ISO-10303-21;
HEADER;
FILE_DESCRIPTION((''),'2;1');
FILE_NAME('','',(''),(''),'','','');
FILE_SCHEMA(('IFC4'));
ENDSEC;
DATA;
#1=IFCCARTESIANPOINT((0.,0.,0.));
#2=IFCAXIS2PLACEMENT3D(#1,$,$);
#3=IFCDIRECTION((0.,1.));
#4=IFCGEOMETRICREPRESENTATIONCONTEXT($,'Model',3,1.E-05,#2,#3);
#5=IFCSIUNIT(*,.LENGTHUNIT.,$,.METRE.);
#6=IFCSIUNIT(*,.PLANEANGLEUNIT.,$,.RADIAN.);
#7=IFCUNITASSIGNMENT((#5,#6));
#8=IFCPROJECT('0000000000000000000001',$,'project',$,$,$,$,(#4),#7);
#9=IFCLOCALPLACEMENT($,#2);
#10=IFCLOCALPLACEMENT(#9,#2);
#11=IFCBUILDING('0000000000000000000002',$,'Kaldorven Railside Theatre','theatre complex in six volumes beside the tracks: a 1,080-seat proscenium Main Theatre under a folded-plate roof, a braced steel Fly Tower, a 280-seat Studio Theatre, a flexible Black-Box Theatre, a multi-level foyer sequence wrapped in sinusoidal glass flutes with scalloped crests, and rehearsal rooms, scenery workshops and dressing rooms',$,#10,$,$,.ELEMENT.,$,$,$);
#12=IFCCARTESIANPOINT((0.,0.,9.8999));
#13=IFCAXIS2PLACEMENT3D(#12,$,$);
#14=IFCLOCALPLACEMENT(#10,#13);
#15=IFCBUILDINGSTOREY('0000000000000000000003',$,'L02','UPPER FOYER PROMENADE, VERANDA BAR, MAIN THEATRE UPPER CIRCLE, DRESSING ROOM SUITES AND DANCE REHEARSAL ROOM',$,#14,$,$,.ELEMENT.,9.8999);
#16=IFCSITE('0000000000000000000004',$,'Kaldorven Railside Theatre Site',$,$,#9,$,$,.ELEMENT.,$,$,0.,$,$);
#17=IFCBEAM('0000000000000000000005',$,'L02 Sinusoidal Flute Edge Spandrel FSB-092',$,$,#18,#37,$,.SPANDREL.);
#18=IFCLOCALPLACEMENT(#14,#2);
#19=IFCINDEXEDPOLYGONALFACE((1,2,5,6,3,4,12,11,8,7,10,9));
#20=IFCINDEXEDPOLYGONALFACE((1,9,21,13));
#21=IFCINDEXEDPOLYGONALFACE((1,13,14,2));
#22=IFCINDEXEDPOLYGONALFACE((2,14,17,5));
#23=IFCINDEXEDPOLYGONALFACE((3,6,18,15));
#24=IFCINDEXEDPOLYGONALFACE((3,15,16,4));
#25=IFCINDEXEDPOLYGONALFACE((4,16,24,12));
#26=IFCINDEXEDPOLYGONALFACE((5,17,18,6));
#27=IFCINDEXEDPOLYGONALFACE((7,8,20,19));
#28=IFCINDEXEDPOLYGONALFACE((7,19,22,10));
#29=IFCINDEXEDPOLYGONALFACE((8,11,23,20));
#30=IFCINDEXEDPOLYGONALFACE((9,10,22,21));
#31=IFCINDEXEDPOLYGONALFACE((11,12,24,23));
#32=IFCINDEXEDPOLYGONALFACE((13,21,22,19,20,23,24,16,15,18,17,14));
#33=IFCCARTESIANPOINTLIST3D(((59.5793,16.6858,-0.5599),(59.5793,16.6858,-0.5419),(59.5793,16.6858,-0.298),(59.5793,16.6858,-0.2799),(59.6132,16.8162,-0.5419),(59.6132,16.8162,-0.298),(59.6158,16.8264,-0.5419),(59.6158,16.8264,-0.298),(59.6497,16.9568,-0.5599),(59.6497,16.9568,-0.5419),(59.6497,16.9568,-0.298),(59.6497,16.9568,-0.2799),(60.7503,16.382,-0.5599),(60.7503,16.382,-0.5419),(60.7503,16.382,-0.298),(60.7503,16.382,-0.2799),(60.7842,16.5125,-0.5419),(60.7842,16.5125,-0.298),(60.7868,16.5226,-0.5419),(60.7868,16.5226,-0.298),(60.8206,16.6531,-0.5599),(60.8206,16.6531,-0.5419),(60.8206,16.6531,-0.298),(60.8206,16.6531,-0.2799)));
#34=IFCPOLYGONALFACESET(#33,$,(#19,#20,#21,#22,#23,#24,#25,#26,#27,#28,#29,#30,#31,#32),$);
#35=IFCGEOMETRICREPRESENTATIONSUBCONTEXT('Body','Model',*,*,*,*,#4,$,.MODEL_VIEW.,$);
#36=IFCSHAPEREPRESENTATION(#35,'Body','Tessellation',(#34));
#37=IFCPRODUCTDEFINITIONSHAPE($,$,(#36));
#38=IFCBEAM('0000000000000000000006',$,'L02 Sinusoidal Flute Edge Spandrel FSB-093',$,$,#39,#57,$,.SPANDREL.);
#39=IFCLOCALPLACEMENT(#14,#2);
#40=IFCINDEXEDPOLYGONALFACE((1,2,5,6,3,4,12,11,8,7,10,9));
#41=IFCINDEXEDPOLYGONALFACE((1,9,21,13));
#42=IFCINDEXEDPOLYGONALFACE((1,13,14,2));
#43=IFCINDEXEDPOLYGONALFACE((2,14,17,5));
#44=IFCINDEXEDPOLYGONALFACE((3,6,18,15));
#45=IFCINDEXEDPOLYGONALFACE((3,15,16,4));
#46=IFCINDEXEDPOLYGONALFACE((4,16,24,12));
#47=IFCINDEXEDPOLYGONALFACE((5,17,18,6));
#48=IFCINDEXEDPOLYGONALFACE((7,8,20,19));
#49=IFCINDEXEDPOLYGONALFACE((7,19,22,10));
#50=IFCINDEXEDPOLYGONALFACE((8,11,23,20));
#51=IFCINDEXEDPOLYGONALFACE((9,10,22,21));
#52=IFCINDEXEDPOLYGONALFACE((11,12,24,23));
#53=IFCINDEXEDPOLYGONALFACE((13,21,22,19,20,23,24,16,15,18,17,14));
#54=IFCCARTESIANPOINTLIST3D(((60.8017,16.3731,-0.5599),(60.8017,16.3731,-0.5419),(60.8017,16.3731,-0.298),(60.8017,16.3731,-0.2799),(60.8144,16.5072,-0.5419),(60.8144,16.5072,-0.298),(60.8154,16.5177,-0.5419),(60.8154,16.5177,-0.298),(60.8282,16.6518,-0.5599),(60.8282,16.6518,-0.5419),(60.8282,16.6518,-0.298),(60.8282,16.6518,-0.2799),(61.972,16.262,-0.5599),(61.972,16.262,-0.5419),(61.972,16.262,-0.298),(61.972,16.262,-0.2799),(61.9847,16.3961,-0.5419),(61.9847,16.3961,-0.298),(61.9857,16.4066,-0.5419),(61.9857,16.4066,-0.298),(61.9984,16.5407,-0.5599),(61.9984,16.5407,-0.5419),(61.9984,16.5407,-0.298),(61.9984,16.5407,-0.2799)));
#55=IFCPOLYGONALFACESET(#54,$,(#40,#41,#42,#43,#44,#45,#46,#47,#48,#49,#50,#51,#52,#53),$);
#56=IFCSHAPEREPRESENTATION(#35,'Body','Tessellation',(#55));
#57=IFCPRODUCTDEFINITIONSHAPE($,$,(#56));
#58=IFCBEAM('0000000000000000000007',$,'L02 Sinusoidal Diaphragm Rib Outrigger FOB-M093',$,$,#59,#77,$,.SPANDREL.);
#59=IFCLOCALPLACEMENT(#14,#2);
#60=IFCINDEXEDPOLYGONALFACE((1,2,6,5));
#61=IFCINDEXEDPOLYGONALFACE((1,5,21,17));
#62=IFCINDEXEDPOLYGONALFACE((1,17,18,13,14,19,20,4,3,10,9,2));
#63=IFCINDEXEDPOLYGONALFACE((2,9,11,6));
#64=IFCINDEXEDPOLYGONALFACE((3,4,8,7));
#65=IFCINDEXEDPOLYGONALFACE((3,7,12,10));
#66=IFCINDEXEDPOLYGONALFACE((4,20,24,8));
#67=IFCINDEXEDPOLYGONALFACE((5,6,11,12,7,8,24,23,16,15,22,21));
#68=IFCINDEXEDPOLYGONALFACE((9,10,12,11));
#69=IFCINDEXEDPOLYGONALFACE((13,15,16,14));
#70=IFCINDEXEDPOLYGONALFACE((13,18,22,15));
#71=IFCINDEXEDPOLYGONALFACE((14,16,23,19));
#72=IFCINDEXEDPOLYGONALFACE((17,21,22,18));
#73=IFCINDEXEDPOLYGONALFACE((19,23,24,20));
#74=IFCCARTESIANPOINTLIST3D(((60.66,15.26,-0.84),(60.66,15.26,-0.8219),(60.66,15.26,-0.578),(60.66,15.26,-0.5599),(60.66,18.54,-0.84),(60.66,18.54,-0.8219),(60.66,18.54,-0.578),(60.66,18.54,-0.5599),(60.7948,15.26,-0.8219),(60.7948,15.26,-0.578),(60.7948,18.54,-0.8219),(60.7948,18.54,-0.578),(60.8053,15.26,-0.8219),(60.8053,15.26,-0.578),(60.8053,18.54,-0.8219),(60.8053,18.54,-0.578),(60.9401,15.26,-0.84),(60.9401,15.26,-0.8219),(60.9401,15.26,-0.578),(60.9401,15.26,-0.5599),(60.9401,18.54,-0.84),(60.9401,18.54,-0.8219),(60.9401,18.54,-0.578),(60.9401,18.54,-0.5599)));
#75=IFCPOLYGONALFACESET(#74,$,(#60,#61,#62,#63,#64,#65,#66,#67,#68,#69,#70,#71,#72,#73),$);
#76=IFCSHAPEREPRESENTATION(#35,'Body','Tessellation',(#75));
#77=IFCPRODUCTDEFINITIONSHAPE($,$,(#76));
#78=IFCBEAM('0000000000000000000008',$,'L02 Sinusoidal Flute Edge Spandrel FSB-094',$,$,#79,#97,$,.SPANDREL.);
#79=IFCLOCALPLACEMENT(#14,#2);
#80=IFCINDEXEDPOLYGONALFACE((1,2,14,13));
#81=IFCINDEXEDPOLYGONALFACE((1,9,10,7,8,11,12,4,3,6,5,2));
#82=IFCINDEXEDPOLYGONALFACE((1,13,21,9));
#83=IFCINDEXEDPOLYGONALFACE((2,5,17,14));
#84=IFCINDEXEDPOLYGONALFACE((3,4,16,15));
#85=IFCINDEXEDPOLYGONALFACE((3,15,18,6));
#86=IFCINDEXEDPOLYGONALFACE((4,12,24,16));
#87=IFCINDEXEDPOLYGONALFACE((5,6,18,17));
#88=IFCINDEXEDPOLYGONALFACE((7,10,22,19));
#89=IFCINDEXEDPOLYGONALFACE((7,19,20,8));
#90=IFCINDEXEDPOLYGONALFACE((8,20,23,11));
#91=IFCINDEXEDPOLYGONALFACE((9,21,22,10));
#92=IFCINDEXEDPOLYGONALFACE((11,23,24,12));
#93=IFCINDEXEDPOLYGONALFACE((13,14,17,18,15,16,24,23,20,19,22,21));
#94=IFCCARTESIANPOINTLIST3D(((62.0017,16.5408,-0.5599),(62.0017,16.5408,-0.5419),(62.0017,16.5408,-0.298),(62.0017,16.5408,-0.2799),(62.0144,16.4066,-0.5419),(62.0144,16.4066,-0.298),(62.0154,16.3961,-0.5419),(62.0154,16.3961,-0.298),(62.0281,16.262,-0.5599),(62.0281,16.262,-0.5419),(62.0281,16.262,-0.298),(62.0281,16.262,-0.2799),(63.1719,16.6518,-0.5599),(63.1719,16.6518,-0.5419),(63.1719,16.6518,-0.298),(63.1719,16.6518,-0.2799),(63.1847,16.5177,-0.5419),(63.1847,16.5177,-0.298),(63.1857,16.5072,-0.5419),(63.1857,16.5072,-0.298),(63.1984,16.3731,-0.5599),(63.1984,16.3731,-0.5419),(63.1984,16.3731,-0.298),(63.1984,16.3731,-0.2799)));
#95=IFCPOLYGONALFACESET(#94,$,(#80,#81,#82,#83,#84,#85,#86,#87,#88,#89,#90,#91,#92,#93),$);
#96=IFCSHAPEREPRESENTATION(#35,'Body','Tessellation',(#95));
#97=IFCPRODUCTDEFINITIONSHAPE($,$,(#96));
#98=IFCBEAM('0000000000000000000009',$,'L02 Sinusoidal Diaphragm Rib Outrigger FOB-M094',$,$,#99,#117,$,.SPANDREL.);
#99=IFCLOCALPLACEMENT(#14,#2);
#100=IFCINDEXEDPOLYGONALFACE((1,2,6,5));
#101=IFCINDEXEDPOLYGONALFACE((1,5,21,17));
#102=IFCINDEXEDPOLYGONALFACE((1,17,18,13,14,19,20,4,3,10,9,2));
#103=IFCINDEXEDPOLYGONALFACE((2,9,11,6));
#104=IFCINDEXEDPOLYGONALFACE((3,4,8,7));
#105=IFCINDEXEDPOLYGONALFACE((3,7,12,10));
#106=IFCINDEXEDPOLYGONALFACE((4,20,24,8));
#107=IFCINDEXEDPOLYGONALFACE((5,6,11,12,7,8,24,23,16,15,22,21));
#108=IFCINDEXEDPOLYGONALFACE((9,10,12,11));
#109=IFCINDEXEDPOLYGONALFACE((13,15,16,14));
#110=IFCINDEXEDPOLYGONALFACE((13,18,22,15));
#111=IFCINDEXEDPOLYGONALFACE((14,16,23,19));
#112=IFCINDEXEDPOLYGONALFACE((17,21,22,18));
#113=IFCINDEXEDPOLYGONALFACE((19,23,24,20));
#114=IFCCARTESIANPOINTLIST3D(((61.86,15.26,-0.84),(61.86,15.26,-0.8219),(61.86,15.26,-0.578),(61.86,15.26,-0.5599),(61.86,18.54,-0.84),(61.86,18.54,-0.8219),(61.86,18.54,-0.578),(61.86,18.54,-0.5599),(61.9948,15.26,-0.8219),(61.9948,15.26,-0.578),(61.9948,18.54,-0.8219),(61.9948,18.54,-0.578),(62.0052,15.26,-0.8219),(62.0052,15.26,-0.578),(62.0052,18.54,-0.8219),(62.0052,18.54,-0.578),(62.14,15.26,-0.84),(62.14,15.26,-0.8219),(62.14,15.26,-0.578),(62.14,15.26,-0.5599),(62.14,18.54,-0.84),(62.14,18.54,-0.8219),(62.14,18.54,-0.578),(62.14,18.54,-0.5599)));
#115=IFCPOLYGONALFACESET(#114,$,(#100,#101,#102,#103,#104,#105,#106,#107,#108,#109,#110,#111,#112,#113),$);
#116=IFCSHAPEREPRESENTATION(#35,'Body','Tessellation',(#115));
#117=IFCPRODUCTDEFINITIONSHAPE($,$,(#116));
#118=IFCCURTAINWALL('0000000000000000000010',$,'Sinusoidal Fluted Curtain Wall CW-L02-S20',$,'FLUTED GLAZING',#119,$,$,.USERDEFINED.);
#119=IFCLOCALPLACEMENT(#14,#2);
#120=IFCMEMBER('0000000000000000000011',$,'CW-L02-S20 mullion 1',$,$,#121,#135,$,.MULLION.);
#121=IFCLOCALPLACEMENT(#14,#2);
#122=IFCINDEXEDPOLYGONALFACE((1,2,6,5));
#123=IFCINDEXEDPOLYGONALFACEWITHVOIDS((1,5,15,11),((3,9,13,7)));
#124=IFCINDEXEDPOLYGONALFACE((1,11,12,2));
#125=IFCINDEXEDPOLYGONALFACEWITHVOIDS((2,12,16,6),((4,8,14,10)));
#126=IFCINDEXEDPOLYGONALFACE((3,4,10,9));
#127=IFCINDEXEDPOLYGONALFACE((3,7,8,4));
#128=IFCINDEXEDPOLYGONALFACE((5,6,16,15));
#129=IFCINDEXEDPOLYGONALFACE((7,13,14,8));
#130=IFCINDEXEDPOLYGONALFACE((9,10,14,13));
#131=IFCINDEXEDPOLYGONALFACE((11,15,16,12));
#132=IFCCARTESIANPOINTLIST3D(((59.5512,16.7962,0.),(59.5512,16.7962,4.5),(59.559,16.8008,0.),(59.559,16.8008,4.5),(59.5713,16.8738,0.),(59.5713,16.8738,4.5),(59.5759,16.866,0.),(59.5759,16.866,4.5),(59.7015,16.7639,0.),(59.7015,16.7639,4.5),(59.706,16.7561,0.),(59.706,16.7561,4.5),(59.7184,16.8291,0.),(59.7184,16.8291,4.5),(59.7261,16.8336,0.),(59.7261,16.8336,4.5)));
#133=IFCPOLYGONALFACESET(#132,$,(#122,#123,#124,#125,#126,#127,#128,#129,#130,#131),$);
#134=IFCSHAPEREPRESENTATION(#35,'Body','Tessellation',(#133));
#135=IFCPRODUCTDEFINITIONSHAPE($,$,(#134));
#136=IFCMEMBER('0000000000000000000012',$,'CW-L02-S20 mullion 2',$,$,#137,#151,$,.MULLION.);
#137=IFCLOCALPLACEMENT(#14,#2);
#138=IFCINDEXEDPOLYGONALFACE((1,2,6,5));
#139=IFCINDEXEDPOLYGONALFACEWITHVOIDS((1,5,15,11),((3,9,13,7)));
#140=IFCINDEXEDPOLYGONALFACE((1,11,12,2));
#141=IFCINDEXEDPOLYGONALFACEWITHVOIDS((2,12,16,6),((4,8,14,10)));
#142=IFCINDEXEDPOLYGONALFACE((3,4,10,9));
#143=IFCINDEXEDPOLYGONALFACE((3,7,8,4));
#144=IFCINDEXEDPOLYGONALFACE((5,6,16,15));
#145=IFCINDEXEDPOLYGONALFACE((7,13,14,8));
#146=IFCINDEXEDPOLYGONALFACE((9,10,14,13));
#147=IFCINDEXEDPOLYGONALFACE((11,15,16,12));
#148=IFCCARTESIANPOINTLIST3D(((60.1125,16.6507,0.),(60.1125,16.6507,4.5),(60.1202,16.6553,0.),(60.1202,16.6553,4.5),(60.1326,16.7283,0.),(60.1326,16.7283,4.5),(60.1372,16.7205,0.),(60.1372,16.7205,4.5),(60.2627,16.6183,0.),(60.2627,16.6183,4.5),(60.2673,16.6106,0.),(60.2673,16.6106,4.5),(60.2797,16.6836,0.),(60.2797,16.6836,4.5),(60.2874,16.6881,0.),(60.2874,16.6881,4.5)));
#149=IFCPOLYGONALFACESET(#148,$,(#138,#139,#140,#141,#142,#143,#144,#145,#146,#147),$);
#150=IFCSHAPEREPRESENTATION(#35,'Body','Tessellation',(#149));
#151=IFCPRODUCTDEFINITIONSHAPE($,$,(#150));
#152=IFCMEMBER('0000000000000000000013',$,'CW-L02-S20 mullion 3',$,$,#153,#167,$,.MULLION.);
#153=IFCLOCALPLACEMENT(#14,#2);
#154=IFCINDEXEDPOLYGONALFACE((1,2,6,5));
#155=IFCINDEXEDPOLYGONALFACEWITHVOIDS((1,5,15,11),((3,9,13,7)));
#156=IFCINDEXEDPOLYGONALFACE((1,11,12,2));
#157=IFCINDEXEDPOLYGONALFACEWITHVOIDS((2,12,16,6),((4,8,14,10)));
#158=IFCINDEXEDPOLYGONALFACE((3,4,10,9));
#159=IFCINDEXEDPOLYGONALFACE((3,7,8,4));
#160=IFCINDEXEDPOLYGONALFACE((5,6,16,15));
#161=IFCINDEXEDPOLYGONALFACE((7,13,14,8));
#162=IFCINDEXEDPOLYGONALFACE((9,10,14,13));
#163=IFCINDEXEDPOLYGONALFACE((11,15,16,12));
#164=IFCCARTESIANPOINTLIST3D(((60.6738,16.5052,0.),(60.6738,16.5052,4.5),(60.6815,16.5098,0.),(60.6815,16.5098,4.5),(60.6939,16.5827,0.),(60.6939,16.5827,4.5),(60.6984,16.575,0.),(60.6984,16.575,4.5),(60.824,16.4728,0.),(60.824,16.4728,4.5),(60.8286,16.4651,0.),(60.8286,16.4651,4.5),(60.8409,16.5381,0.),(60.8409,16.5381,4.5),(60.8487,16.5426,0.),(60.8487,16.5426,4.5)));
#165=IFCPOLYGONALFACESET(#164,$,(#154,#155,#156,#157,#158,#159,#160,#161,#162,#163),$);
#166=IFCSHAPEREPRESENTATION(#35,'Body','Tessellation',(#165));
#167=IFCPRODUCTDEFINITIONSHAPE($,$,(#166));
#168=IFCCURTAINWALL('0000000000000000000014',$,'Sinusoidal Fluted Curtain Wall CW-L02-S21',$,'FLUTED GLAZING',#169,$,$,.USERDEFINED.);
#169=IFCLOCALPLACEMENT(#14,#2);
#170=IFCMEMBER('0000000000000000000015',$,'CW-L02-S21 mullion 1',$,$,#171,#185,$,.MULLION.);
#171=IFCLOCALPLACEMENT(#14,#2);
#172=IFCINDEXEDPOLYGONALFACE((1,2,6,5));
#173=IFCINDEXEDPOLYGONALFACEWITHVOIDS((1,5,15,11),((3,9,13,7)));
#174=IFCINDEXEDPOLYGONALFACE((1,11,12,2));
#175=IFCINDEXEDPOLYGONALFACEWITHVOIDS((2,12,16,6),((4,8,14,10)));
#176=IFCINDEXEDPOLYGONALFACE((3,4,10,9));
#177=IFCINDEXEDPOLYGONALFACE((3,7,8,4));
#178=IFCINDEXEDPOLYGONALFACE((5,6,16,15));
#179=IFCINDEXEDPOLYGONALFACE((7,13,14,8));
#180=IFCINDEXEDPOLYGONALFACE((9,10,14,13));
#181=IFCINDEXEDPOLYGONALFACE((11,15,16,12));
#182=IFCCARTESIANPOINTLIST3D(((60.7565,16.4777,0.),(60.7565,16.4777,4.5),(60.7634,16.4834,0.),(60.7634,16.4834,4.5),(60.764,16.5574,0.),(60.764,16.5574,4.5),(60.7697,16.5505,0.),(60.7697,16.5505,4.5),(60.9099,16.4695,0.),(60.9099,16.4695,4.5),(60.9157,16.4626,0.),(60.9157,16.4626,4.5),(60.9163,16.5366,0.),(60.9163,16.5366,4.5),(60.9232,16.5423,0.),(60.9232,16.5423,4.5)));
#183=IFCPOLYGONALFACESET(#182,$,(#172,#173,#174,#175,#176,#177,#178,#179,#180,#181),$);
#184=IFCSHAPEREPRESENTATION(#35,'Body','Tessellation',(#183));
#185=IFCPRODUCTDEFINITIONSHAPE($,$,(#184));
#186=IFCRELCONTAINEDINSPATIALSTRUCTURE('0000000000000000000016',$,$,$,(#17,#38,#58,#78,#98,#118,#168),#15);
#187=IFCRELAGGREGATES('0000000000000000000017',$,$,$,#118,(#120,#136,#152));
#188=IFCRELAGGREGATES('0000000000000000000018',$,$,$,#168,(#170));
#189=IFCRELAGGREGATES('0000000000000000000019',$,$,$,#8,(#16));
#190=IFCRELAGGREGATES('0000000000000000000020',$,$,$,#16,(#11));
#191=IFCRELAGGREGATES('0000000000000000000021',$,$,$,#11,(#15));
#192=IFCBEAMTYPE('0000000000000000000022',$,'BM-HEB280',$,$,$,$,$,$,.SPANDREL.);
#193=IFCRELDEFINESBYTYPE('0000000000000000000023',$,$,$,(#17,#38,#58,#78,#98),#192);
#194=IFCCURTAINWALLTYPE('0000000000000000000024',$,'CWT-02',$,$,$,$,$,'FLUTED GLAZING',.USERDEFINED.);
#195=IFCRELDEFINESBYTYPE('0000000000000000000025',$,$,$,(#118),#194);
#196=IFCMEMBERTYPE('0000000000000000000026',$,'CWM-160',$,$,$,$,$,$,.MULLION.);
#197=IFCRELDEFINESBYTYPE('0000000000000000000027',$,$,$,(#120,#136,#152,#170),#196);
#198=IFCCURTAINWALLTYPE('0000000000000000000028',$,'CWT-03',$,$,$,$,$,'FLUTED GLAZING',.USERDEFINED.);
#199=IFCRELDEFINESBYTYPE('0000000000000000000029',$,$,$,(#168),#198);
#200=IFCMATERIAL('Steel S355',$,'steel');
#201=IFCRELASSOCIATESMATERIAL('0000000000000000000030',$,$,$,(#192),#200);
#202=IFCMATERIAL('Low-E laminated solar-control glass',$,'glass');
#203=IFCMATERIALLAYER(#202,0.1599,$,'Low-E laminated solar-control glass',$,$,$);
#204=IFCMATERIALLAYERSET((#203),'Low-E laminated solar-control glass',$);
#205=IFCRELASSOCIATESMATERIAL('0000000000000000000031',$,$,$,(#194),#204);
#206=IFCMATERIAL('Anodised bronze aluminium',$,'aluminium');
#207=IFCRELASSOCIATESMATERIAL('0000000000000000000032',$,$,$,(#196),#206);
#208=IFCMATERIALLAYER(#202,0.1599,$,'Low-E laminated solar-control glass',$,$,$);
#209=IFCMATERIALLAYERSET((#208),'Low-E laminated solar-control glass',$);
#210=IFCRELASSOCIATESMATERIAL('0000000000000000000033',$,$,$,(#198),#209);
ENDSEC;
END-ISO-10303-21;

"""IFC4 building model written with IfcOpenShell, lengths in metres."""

from ifc_helpers import new_model, si_unit, direction, frame, origin, origin_2d, place, context, subcontext, project, spatial, hollow_rectangle, i_section, extrude, material, layer, layer_set, material_profile, profile_set, type_object, element, aggregate, save


model = new_model("IFC4")

# Units and contexts
model_context = context("Model", 3, precision=1e-05, world=origin(), true_north=direction((0.0, 1.0)))
body_context = subcontext(model_context, "Body", "Model", "MODEL_VIEW")
ifc_project = project(units=[si_unit("LENGTHUNIT", "METRE"), si_unit("PLANEANGLEUNIT", "RADIAN")], contexts=[model_context])

# Site, building, storey
site_placement = place(None, origin())
site = spatial("IfcSite", under=ifc_project, at=site_placement, Name="Kaldorven Railside Theatre Site", CompositionType="ELEMENT", RefElevation=0.0)
building_placement = place(site_placement, origin())
building = spatial("IfcBuilding", under=site, at=building_placement, Name="Kaldorven Railside Theatre", Description="theatre complex in six volumes beside the tracks: a 1,080-seat proscenium Main Theatre under a folded-plate roof, a braced steel Fly Tower, a 280-seat Studio Theatre, a flexible Black-Box Theatre, a multi-level foyer sequence wrapped in sinusoidal glass flutes with scalloped crests, and rehearsal rooms, scenery workshops and dressing rooms", CompositionType="ELEMENT")
storey_placement = place(building_placement, frame((0.0, 0.0, 9.8999)))
storey = spatial("IfcBuildingStorey", under=building, at=storey_placement, Name="L02", Description="UPPER FOYER PROMENADE, VERANDA BAR, MAIN THEATRE UPPER CIRCLE, DRESSING ROOM SUITES AND DANCE REHEARSAL ROOM", CompositionType="ELEMENT", Elevation=9.8999)

# Beams
ifc_material_1 = material(Name="Steel S355", Category="steel")
ifc_material_profile_1 = material_profile(ifc_material_1, i_section(OverallWidth=0.28, OverallDepth=0.28, WebThickness=0.0105, FlangeThickness=0.0181, at=origin_2d()), Name="HEB 280")
ifc_profile_set_1 = profile_set([ifc_material_profile_1], Name="Steel S355")
beam_type = type_object("IfcBeamType", Name="BM-HEB280", PredefinedType="SPANDREL", material=ifc_profile_set_1)
beam_1_placement = place(storey_placement, frame((59.6145, 16.8213, -0.4199), z_axis=(0.967968, -0.251074, 0.0), x_axis=(0.251074, 0.967968, 0.0)))
element("IfcBeam", 1, at=beam_1_placement, inside=storey, type_object=beam_type, Name="L02 Sinusoidal Flute Edge Spandrel FSB-092", PredefinedType="SPANDREL", context=body_context, shape_type="SweptSolid", body=[
    extrude(i_section(OverallWidth=0.28, OverallDepth=0.28, WebThickness=0.0105, FlangeThickness=0.0181, at=origin_2d()), origin(), (0.0, 0.0, 1.0), 1.2097),
])
beam_2_placement = place(storey_placement, frame((60.8149, 16.5125, -0.4199), z_axis=(0.995524, -0.094505, 0.0), x_axis=(0.094505, 0.995524, 0.0)))
element("IfcBeam", 2, at=beam_2_placement, inside=storey, type_object=beam_type, Name="L02 Sinusoidal Flute Edge Spandrel FSB-093", PredefinedType="SPANDREL", context=body_context, shape_type="SweptSolid", body=[
    extrude(i_section(OverallWidth=0.28, OverallDepth=0.28, WebThickness=0.0105, FlangeThickness=0.0181, at=origin_2d()), origin(), (0.0, 0.0, 1.0), 1.1755),
])
beam_3_placement = place(storey_placement, frame((60.8, 15.26, -0.7), z_axis=(0.0, 1.0, 0.0), x_axis=(-1.0, 0.0, 0.0)))
element("IfcBeam", 3, at=beam_3_placement, inside=storey, type_object=beam_type, Name="L02 Sinusoidal Diaphragm Rib Outrigger FOB-M093", PredefinedType="SPANDREL", context=body_context, shape_type="SweptSolid", body=[
    extrude(i_section(OverallWidth=0.28, OverallDepth=0.28, WebThickness=0.0105, FlangeThickness=0.0181, at=origin_2d()), origin(), (0.0, 0.0, 1.0), 3.28),
])
beam_4_placement = place(storey_placement, frame((62.0149, 16.4014, -0.4199), z_axis=(0.995524, 0.094505, 0.0), x_axis=(-0.094505, 0.995524, 0.0)))
element("IfcBeam", 4, at=beam_4_placement, inside=storey, type_object=beam_type, Name="L02 Sinusoidal Flute Edge Spandrel FSB-094", PredefinedType="SPANDREL", context=body_context, shape_type="SweptSolid", body=[
    extrude(i_section(OverallWidth=0.28, OverallDepth=0.28, WebThickness=0.0105, FlangeThickness=0.0181, at=origin_2d()), origin(), (0.0, 0.0, 1.0), 1.1755),
])
beam_5_placement = place(storey_placement, frame((62.0, 15.26, -0.7), z_axis=(0.0, 1.0, 0.0), x_axis=(-1.0, 0.0, 0.0)))
element("IfcBeam", 5, at=beam_5_placement, inside=storey, type_object=beam_type, Name="L02 Sinusoidal Diaphragm Rib Outrigger FOB-M094", PredefinedType="SPANDREL", context=body_context, shape_type="SweptSolid", body=[
    extrude(i_section(OverallWidth=0.28, OverallDepth=0.28, WebThickness=0.0105, FlangeThickness=0.0181, at=origin_2d()), origin(), (0.0, 0.0, 1.0), 3.28),
])

# Curtain walls, members
ifc_material_2 = material(Name="Low-E laminated solar-control glass", Category="glass")
ifc_layer_1 = layer(ifc_material_2, 0.1599, Name="Low-E laminated solar-control glass")
ifc_layer_set_1 = layer_set([ifc_layer_1], Name="Low-E laminated solar-control glass")
curtain_wall_type_1 = type_object("IfcCurtainWallType", Name="CWT-02", ElementType="FLUTED GLAZING", PredefinedType="USERDEFINED", material=ifc_layer_set_1)
curtain_wall_1_placement = place(storey_placement, origin())
curtain_wall_1 = element("IfcCurtainWall", 6, at=curtain_wall_1_placement, inside=storey, type_object=curtain_wall_type_1, Name="Sinusoidal Fluted Curtain Wall CW-L02-S20", ObjectType="FLUTED GLAZING", PredefinedType="USERDEFINED")
ifc_material_3 = material(Name="Anodised bronze aluminium", Category="aluminium")
ifc_material_profile_2 = material_profile(ifc_material_3, hollow_rectangle(XDim=0.0801, YDim=0.1599, WallThickness=0.0063, at=origin_2d()), Name="RHS 160x80x6.3")
ifc_profile_set_2 = profile_set([ifc_material_profile_2], Name="Anodised bronze aluminium")
member_type_1 = type_object("IfcMemberType", Name="CWM-160", PredefinedType="MULLION", material=ifc_profile_set_2)
member_1_placement = place(storey_placement, frame((59.6387, 16.8149, 0.0), z_axis=(0.0, 0.0, 1.0), x_axis=(0.250954, 0.967999, 0.0)))
member_1 = element("IfcMember", 7, at=member_1_placement, type_object=member_type_1, Name="CW-L02-S20 mullion 1", PredefinedType="MULLION", context=body_context, shape_type="SweptSolid", body=[
    extrude(hollow_rectangle(XDim=0.0801, YDim=0.1599, WallThickness=0.0063, at=origin_2d()), origin(), (0.0, 0.0, 1.0), 4.5),
])
member_2_placement = place(storey_placement, frame((60.2, 16.6694, 0.0), z_axis=(0.0, 0.0, 1.0), x_axis=(0.250954, 0.967999, 0.0)))
member_2 = element("IfcMember", 8, at=member_2_placement, type_object=member_type_1, Name="CW-L02-S20 mullion 2", PredefinedType="MULLION", context=body_context, shape_type="SweptSolid", body=[
    extrude(hollow_rectangle(XDim=0.0801, YDim=0.1599, WallThickness=0.0063, at=origin_2d()), origin(), (0.0, 0.0, 1.0), 4.5),
])
member_3_placement = place(storey_placement, frame((60.7612, 16.5239, 0.0), z_axis=(0.0, 0.0, 1.0), x_axis=(0.250954, 0.967999, 0.0)))
member_3 = element("IfcMember", 9, at=member_3_placement, type_object=member_type_1, Name="CW-L02-S20 mullion 3", PredefinedType="MULLION", context=body_context, shape_type="SweptSolid", body=[
    extrude(hollow_rectangle(XDim=0.0801, YDim=0.1599, WallThickness=0.0063, at=origin_2d()), origin(), (0.0, 0.0, 1.0), 4.5),
])
ifc_layer_2 = layer(ifc_material_2, 0.1599, Name="Low-E laminated solar-control glass")
ifc_layer_set_2 = layer_set([ifc_layer_2], Name="Low-E laminated solar-control glass")
curtain_wall_type_2 = type_object("IfcCurtainWallType", Name="CWT-03", ElementType="FLUTED GLAZING", PredefinedType="USERDEFINED", material=ifc_layer_set_2)
curtain_wall_2_placement = place(storey_placement, origin())
curtain_wall_2 = element("IfcCurtainWall", 10, at=curtain_wall_2_placement, inside=storey, type_object=curtain_wall_type_2, Name="Sinusoidal Fluted Curtain Wall CW-L02-S21", ObjectType="FLUTED GLAZING", PredefinedType="USERDEFINED")
member_4_placement = place(storey_placement, frame((60.8398, 16.51, 0.0), z_axis=(0.0, 0.0, 1.0), x_axis=(0.094492, 0.995526, 0.0)))
member_4 = element("IfcMember", 11, at=member_4_placement, type_object=member_type_1, Name="CW-L02-S21 mullion 1", PredefinedType="MULLION", context=body_context, shape_type="SweptSolid", body=[
    extrude(hollow_rectangle(XDim=0.0801, YDim=0.1599, WallThickness=0.0063, at=origin_2d()), origin(), (0.0, 0.0, 1.0), 4.5),
])

aggregate(curtain_wall_1, [member_1, member_2, member_3])
aggregate(curtain_wall_2, [member_4])

save(model, "model.ifc")
